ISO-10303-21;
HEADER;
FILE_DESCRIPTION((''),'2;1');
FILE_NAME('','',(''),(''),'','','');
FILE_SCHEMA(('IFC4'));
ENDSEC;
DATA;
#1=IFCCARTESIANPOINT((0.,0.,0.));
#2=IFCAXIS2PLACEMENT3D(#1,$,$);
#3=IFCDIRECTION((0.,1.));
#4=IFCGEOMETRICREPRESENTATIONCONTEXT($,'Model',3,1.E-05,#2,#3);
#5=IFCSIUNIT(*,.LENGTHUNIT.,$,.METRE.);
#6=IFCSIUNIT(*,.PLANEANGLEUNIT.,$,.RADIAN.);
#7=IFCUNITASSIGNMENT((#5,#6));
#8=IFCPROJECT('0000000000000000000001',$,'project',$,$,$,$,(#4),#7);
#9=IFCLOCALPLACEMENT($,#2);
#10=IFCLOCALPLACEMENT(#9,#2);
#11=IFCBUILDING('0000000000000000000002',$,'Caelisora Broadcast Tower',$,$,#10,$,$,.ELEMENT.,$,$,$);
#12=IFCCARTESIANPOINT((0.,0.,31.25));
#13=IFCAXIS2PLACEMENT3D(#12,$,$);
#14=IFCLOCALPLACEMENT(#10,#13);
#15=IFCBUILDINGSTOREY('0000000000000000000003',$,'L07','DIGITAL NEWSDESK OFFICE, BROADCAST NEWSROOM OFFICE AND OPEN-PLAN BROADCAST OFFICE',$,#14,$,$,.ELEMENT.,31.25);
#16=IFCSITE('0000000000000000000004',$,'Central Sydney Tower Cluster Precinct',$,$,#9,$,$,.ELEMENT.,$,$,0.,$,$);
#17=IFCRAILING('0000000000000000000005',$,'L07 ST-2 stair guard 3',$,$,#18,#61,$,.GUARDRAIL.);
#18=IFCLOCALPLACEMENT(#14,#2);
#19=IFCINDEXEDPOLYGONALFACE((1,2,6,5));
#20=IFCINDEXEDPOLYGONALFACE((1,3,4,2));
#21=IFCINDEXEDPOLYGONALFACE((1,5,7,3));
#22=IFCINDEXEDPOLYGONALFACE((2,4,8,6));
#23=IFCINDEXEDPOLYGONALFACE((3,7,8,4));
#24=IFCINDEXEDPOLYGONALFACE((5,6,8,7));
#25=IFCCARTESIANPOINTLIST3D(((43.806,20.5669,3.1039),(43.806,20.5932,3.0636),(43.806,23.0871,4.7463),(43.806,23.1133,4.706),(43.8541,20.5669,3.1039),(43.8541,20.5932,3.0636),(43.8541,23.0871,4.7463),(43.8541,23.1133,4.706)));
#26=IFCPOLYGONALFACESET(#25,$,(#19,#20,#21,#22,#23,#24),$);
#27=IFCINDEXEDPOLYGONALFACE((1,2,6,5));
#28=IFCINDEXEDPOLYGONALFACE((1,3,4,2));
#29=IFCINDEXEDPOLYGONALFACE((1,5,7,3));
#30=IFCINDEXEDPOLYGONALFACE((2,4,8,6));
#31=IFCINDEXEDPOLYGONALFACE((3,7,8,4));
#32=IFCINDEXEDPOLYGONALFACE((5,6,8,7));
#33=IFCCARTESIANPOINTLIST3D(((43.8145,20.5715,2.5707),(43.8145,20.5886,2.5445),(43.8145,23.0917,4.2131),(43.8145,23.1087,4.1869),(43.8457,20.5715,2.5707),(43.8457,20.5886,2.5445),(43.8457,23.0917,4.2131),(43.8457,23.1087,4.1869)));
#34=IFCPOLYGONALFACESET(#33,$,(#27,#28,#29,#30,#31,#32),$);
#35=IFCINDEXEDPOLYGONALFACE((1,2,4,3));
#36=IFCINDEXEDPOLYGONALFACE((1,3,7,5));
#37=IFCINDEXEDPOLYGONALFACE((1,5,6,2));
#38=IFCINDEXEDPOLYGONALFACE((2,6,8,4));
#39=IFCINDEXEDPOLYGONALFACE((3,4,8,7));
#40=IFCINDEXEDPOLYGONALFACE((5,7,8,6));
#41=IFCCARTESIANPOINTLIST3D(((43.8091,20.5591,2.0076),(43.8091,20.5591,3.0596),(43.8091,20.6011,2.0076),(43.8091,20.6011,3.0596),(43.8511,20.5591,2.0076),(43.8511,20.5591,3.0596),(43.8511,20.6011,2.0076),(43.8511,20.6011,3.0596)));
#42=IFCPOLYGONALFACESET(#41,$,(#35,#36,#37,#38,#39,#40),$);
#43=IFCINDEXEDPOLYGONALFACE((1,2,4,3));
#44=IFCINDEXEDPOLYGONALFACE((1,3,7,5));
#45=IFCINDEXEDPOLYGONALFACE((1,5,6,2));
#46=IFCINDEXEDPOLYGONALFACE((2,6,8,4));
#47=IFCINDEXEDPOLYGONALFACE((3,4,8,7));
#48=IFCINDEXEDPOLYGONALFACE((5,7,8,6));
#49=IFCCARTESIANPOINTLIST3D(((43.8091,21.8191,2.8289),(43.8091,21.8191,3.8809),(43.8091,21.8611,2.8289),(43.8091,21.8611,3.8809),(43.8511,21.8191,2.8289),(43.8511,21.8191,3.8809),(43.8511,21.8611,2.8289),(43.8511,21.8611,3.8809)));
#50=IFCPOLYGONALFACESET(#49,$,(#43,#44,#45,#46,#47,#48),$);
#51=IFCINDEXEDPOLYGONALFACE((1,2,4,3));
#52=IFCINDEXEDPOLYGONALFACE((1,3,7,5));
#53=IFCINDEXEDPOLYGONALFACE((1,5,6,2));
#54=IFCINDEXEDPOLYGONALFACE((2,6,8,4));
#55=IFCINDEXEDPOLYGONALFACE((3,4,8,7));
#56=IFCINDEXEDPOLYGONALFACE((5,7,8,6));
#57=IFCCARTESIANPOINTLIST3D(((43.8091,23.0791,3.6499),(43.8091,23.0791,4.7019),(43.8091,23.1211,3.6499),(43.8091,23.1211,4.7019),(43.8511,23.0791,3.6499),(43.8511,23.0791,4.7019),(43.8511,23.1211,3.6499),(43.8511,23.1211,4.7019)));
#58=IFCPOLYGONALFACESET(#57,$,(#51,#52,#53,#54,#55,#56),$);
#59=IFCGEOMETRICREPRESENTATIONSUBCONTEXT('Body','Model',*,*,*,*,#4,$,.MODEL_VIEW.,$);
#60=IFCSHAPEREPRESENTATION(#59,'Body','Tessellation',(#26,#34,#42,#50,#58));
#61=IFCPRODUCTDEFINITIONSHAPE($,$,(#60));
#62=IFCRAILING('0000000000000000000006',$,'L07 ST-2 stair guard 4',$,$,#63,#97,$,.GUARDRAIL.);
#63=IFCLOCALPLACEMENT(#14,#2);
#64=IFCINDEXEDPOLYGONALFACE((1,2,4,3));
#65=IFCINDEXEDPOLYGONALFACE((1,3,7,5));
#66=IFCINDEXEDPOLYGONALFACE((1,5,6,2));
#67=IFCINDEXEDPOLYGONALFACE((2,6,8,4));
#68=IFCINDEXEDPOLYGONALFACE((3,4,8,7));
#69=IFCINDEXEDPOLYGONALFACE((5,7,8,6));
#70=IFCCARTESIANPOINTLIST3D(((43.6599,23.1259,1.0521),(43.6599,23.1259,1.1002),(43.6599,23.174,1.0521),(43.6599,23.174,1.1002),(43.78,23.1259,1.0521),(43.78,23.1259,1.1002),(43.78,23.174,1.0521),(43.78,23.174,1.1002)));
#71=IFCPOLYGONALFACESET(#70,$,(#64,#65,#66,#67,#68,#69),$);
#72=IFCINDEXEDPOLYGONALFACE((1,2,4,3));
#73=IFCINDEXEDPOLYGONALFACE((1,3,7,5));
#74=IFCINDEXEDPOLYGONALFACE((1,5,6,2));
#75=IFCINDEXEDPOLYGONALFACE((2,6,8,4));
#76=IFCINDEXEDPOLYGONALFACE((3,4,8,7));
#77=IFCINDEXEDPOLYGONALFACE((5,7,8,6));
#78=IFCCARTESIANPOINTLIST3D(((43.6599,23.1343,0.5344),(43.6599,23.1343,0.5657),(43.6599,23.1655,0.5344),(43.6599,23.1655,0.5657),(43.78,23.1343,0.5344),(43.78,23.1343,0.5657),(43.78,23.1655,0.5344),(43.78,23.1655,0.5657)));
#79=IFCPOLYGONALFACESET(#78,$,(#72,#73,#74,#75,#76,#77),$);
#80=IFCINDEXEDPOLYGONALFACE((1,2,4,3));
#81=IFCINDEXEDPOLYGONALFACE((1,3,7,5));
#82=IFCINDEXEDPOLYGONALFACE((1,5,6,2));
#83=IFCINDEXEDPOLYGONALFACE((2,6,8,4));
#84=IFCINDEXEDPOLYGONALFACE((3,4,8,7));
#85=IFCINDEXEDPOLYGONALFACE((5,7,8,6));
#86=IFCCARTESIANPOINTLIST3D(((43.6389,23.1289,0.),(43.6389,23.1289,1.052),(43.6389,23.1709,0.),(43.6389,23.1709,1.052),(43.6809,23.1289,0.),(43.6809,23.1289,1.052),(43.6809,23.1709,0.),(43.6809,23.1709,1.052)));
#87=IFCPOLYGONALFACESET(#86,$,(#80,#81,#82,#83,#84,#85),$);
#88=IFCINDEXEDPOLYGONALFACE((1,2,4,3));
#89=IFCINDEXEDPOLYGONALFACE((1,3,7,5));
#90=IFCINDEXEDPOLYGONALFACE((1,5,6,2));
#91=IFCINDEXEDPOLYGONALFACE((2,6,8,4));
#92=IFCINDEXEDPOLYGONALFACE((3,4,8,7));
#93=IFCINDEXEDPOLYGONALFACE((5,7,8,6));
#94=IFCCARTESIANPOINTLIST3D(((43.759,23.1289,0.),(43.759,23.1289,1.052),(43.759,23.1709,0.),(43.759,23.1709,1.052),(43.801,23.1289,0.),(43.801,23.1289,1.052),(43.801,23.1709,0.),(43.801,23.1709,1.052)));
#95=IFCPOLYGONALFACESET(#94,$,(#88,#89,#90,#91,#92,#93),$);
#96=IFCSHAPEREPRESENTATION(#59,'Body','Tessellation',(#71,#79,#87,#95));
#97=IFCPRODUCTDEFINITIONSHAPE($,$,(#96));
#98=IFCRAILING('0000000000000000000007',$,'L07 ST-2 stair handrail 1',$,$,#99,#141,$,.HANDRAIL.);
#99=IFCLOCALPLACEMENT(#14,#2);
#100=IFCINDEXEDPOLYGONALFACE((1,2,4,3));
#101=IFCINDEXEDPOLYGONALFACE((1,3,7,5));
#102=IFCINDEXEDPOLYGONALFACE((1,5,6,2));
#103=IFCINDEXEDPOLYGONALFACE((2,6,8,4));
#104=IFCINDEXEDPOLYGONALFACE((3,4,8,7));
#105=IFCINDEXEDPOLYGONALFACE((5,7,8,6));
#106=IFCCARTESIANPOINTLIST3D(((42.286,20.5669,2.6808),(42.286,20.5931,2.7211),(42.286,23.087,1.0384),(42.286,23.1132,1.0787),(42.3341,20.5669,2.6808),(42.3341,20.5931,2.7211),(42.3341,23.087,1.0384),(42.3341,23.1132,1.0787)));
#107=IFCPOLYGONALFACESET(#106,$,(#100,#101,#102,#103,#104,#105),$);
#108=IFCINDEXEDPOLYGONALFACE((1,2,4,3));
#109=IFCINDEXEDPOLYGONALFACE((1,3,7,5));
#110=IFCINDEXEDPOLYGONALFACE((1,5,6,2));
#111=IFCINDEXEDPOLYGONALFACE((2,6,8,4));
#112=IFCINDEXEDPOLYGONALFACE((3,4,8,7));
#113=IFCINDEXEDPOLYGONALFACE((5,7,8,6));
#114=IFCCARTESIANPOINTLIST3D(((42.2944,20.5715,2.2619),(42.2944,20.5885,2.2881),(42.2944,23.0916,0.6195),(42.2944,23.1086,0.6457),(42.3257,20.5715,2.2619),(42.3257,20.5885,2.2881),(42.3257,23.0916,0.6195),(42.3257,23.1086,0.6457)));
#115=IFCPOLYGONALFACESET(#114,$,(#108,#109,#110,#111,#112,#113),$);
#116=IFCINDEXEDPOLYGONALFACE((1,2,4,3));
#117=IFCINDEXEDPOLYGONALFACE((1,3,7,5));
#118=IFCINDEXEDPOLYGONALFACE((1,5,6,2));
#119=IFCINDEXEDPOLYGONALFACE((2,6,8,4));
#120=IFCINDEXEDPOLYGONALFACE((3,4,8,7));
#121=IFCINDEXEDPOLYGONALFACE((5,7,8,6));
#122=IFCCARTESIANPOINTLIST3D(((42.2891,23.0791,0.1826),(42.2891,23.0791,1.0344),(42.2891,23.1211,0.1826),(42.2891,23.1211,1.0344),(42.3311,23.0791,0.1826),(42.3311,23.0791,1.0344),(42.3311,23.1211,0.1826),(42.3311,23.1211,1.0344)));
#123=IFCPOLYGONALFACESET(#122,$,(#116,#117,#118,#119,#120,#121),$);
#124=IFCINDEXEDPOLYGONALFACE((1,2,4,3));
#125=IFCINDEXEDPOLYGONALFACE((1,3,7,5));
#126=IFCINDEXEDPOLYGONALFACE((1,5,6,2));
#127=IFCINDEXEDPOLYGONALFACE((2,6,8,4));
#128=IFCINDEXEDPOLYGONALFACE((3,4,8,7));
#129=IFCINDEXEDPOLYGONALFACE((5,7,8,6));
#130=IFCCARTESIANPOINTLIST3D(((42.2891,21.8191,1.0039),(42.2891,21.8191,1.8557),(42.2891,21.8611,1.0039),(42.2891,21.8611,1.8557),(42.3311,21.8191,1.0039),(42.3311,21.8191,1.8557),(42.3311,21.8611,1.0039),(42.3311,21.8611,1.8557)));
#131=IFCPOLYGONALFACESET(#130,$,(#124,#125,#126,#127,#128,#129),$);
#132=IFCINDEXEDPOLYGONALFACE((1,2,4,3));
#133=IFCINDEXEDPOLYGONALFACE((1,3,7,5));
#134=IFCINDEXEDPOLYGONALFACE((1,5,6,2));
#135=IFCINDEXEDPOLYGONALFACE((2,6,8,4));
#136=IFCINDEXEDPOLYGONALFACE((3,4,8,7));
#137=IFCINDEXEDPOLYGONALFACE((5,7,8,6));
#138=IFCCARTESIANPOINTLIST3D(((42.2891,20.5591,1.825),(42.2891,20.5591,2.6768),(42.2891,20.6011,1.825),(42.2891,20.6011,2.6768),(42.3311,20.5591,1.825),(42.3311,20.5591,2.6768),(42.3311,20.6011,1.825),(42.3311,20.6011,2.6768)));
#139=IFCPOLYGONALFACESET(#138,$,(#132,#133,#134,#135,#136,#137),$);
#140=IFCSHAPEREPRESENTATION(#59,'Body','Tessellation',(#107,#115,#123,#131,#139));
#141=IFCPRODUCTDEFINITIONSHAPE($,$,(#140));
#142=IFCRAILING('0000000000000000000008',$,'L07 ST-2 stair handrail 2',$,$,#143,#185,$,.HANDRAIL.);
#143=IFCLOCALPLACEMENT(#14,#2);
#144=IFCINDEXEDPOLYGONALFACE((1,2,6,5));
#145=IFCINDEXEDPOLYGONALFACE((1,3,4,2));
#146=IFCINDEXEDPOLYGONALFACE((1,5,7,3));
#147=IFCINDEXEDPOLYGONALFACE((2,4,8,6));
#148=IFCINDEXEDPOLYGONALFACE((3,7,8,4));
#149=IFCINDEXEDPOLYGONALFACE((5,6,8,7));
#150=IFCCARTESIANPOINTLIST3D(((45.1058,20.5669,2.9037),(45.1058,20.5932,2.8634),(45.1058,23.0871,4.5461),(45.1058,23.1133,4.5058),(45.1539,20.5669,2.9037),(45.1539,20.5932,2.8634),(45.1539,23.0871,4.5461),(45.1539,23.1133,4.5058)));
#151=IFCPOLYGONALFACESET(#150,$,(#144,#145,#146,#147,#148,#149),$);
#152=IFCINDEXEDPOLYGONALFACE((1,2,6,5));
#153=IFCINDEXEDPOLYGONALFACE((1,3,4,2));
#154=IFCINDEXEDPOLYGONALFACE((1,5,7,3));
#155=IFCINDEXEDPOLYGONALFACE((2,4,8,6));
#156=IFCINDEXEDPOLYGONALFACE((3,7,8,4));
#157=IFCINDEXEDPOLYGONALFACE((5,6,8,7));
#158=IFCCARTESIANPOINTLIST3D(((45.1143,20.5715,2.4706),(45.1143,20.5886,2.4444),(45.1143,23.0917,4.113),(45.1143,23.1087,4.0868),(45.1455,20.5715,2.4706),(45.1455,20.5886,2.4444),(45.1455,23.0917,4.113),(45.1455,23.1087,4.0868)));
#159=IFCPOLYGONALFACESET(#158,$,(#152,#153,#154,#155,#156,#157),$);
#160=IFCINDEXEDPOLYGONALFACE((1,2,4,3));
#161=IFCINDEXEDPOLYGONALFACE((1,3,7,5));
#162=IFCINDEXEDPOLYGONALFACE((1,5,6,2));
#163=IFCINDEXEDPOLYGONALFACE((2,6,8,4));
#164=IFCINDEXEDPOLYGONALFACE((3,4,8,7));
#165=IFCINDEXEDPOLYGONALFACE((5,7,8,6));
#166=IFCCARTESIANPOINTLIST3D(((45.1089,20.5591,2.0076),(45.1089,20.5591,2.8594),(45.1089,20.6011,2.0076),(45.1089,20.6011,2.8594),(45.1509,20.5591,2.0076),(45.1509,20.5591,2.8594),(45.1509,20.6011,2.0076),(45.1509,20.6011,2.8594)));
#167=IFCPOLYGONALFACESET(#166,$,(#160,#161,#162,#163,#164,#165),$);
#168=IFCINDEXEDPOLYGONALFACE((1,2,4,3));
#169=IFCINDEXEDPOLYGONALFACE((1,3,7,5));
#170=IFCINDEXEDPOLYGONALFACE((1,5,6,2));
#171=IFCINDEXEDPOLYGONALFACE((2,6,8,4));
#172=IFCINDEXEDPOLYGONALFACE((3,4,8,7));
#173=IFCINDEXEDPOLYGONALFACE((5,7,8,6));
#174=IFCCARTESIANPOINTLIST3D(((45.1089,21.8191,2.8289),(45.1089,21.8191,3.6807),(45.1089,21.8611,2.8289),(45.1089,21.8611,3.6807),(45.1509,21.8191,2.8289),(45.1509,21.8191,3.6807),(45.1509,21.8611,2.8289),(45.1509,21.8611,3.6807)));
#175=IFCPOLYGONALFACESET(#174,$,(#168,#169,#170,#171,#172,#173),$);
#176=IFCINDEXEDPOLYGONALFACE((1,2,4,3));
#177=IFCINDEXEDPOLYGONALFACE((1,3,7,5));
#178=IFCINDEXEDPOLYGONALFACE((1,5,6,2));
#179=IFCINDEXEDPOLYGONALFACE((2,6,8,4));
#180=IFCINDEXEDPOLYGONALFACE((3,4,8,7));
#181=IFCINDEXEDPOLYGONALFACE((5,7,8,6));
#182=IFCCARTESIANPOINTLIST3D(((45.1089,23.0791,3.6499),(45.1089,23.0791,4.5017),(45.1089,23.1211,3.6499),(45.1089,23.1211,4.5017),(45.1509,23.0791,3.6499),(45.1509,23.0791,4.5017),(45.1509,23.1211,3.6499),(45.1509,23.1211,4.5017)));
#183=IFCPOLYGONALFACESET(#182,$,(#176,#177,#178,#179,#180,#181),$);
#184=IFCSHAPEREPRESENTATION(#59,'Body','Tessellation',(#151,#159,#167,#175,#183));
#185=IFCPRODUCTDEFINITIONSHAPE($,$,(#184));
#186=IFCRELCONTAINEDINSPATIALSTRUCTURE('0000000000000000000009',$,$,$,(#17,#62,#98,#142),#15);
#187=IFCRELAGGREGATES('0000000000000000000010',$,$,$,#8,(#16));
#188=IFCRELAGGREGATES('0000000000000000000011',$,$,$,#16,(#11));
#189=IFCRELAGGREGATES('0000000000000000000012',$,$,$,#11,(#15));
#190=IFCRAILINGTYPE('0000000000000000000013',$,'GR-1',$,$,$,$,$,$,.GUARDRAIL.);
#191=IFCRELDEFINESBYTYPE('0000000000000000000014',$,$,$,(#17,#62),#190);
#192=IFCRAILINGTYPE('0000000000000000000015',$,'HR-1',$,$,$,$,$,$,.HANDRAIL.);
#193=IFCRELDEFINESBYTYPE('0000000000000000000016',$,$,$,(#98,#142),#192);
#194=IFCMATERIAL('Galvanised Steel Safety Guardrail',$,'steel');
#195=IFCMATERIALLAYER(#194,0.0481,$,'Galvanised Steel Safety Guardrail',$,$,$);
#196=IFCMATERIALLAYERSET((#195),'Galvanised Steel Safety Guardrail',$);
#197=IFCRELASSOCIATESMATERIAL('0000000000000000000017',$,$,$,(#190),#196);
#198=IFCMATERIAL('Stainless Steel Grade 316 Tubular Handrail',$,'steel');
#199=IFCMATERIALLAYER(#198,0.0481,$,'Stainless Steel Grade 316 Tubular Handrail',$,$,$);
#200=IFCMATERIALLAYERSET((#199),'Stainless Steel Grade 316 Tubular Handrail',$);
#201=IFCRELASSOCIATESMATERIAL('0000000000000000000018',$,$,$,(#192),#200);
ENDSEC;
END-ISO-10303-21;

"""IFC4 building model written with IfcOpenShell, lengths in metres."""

from ifc_helpers import new_model, si_unit, direction, frame, origin, origin_2d, place, context, subcontext, project, spatial, rectangle, extrude, material, layer, layer_set, type_object, element, save


model = new_model("IFC4")

# Units and contexts
model_context = context("Model", 3, precision=1e-05, world=origin(), true_north=direction((0.0, 1.0)))
body_context = subcontext(model_context, "Body", "Model", "MODEL_VIEW")
ifc_project = project(units=[si_unit("LENGTHUNIT", "METRE"), si_unit("PLANEANGLEUNIT", "RADIAN")], contexts=[model_context])

# Site, building, storey
site_placement = place(None, origin())
site = spatial("IfcSite", under=ifc_project, at=site_placement, Name="Central Sydney Tower Cluster Precinct", CompositionType="ELEMENT", RefElevation=0.0)
building_placement = place(site_placement, origin())
building = spatial("IfcBuilding", under=site, at=building_placement, Name="Caelisora Broadcast Tower", CompositionType="ELEMENT")
storey_placement = place(building_placement, frame((0.0, 0.0, 31.25)))
storey = spatial("IfcBuildingStorey", under=building, at=storey_placement, Name="L07", Description="DIGITAL NEWSDESK OFFICE, BROADCAST NEWSROOM OFFICE AND OPEN-PLAN BROADCAST OFFICE", CompositionType="ELEMENT", Elevation=31.25)

# Railings
ifc_material_1 = material(Name="Galvanised Steel Safety Guardrail", Category="steel")
ifc_layer_1 = layer(ifc_material_1, 0.0481, Name="Galvanised Steel Safety Guardrail")
ifc_layer_set_1 = layer_set([ifc_layer_1], Name="Galvanised Steel Safety Guardrail")
railing_type_1 = type_object("IfcRailingType", Name="GR-1", PredefinedType="GUARDRAIL", material=ifc_layer_set_1)
railing_1_placement = place(storey_placement, frame((43.8301, 20.5801, 2.0076)))
element("IfcRailing", 1, at=railing_1_placement, inside=storey, type_object=railing_type_1, Name="L07 ST-2 stair guard 3", PredefinedType="GUARDRAIL", context=body_context, shape_type="SweptSolid", body=[
    extrude(rectangle(XDim=0.0481, YDim=0.0481, at=origin_2d()), frame((0.0, 0.0, 1.0762), z_axis=(0.0, 0.837787, 0.545998), x_axis=(-1.0, 0.0, 0.0)), (0.0, 0.0, 1.0), 3.0081),
    extrude(rectangle(XDim=0.0312, YDim=0.0312, at=origin_2d()), frame((0.0, 0.0, 0.55), z_axis=(0.0, 0.837787, 0.545998), x_axis=(-1.0, 0.0, 0.0)), (0.0, 0.0, 1.0), 3.0081),
    extrude(rectangle(XDim=0.042, YDim=0.042, at=origin_2d()), origin(), (0.0, 0.0, 1.0), 1.052),
    extrude(rectangle(XDim=0.042, YDim=0.042, at=origin_2d()), frame((0.0, 1.26, 0.8213)), (0.0, 0.0, 1.0), 1.052),
    extrude(rectangle(XDim=0.042, YDim=0.042, at=origin_2d()), frame((0.0, 2.52, 1.6423)), (0.0, 0.0, 1.0), 1.052),
])
railing_2_placement = place(storey_placement, frame((43.6599, 23.1499, 0.0)))
element("IfcRailing", 2, at=railing_2_placement, inside=storey, type_object=railing_type_1, Name="L07 ST-2 stair guard 4", PredefinedType="GUARDRAIL", context=body_context, shape_type="SweptSolid", body=[
    extrude(rectangle(XDim=0.0481, YDim=0.0481, at=origin_2d()), frame((0.0, 0.0, 1.0762), z_axis=(1.0, 0.0, 0.0), x_axis=(0.0, 1.0, 0.0)), (0.0, 0.0, 1.0), 0.1201),
    extrude(rectangle(XDim=0.0312, YDim=0.0312, at=origin_2d()), frame((0.0, 0.0, 0.55), z_axis=(1.0, 0.0, 0.0), x_axis=(0.0, 1.0, 0.0)), (0.0, 0.0, 1.0), 0.1201),
    extrude(rectangle(XDim=0.042, YDim=0.042, at=origin_2d()), origin(), (0.0, 0.0, 1.0), 1.052),
    extrude(rectangle(XDim=0.042, YDim=0.042, at=origin_2d()), frame((0.1201, 0.0, 0.0)), (0.0, 0.0, 1.0), 1.052),
])
ifc_material_2 = material(Name="Stainless Steel Grade 316 Tubular Handrail", Category="steel")
ifc_layer_2 = layer(ifc_material_2, 0.0481, Name="Stainless Steel Grade 316 Tubular Handrail")
ifc_layer_set_2 = layer_set([ifc_layer_2], Name="Stainless Steel Grade 316 Tubular Handrail")
railing_type_2 = type_object("IfcRailingType", Name="HR-1", PredefinedType="HANDRAIL", material=ifc_layer_set_2)
railing_3_placement = place(storey_placement, frame((42.3101, 23.1001, 0.1826)))
element("IfcRailing", 3, at=railing_3_placement, inside=storey, type_object=railing_type_2, Name="L07 ST-2 stair handrail 1", PredefinedType="HANDRAIL", context=body_context, shape_type="SweptSolid", body=[
    extrude(rectangle(XDim=0.0481, YDim=0.0481, at=origin_2d()), frame((0.0, 0.0, 0.876), z_axis=(0.0, -0.837787, 0.545998), x_axis=(1.0, 0.0, 0.0)), (0.0, 0.0, 1.0), 3.0081),
    extrude(rectangle(XDim=0.0312, YDim=0.0312, at=origin_2d()), frame((0.0, 0.0, 0.45), z_axis=(0.0, -0.837787, 0.545998), x_axis=(1.0, 0.0, 0.0)), (0.0, 0.0, 1.0), 3.0081),
    extrude(rectangle(XDim=0.042, YDim=0.042, at=origin_2d()), origin(), (0.0, 0.0, 1.0), 0.8518),
    extrude(rectangle(XDim=0.042, YDim=0.042, at=origin_2d()), frame((0.0, -1.26, 0.8213)), (0.0, 0.0, 1.0), 0.8518),
    extrude(rectangle(XDim=0.042, YDim=0.042, at=origin_2d()), frame((0.0, -2.52, 1.6423)), (0.0, 0.0, 1.0), 0.8518),
])
railing_4_placement = place(storey_placement, frame((45.1299, 20.5801, 2.0076)))
element("IfcRailing", 4, at=railing_4_placement, inside=storey, type_object=railing_type_2, Name="L07 ST-2 stair handrail 2", PredefinedType="HANDRAIL", context=body_context, shape_type="SweptSolid", body=[
    extrude(rectangle(XDim=0.0481, YDim=0.0481, at=origin_2d()), frame((0.0, 0.0, 0.876), z_axis=(0.0, 0.837787, 0.545998), x_axis=(-1.0, 0.0, 0.0)), (0.0, 0.0, 1.0), 3.0081),
    extrude(rectangle(XDim=0.0312, YDim=0.0312, at=origin_2d()), frame((0.0, 0.0, 0.45), z_axis=(0.0, 0.837787, 0.545998), x_axis=(-1.0, 0.0, 0.0)), (0.0, 0.0, 1.0), 3.0081),
    extrude(rectangle(XDim=0.042, YDim=0.042, at=origin_2d()), origin(), (0.0, 0.0, 1.0), 0.8518),
    extrude(rectangle(XDim=0.042, YDim=0.042, at=origin_2d()), frame((0.0, 1.26, 0.8213)), (0.0, 0.0, 1.0), 0.8518),
    extrude(rectangle(XDim=0.042, YDim=0.042, at=origin_2d()), frame((0.0, 2.52, 1.6423)), (0.0, 0.0, 1.0), 0.8518),
])

save(model, "model.ifc")
